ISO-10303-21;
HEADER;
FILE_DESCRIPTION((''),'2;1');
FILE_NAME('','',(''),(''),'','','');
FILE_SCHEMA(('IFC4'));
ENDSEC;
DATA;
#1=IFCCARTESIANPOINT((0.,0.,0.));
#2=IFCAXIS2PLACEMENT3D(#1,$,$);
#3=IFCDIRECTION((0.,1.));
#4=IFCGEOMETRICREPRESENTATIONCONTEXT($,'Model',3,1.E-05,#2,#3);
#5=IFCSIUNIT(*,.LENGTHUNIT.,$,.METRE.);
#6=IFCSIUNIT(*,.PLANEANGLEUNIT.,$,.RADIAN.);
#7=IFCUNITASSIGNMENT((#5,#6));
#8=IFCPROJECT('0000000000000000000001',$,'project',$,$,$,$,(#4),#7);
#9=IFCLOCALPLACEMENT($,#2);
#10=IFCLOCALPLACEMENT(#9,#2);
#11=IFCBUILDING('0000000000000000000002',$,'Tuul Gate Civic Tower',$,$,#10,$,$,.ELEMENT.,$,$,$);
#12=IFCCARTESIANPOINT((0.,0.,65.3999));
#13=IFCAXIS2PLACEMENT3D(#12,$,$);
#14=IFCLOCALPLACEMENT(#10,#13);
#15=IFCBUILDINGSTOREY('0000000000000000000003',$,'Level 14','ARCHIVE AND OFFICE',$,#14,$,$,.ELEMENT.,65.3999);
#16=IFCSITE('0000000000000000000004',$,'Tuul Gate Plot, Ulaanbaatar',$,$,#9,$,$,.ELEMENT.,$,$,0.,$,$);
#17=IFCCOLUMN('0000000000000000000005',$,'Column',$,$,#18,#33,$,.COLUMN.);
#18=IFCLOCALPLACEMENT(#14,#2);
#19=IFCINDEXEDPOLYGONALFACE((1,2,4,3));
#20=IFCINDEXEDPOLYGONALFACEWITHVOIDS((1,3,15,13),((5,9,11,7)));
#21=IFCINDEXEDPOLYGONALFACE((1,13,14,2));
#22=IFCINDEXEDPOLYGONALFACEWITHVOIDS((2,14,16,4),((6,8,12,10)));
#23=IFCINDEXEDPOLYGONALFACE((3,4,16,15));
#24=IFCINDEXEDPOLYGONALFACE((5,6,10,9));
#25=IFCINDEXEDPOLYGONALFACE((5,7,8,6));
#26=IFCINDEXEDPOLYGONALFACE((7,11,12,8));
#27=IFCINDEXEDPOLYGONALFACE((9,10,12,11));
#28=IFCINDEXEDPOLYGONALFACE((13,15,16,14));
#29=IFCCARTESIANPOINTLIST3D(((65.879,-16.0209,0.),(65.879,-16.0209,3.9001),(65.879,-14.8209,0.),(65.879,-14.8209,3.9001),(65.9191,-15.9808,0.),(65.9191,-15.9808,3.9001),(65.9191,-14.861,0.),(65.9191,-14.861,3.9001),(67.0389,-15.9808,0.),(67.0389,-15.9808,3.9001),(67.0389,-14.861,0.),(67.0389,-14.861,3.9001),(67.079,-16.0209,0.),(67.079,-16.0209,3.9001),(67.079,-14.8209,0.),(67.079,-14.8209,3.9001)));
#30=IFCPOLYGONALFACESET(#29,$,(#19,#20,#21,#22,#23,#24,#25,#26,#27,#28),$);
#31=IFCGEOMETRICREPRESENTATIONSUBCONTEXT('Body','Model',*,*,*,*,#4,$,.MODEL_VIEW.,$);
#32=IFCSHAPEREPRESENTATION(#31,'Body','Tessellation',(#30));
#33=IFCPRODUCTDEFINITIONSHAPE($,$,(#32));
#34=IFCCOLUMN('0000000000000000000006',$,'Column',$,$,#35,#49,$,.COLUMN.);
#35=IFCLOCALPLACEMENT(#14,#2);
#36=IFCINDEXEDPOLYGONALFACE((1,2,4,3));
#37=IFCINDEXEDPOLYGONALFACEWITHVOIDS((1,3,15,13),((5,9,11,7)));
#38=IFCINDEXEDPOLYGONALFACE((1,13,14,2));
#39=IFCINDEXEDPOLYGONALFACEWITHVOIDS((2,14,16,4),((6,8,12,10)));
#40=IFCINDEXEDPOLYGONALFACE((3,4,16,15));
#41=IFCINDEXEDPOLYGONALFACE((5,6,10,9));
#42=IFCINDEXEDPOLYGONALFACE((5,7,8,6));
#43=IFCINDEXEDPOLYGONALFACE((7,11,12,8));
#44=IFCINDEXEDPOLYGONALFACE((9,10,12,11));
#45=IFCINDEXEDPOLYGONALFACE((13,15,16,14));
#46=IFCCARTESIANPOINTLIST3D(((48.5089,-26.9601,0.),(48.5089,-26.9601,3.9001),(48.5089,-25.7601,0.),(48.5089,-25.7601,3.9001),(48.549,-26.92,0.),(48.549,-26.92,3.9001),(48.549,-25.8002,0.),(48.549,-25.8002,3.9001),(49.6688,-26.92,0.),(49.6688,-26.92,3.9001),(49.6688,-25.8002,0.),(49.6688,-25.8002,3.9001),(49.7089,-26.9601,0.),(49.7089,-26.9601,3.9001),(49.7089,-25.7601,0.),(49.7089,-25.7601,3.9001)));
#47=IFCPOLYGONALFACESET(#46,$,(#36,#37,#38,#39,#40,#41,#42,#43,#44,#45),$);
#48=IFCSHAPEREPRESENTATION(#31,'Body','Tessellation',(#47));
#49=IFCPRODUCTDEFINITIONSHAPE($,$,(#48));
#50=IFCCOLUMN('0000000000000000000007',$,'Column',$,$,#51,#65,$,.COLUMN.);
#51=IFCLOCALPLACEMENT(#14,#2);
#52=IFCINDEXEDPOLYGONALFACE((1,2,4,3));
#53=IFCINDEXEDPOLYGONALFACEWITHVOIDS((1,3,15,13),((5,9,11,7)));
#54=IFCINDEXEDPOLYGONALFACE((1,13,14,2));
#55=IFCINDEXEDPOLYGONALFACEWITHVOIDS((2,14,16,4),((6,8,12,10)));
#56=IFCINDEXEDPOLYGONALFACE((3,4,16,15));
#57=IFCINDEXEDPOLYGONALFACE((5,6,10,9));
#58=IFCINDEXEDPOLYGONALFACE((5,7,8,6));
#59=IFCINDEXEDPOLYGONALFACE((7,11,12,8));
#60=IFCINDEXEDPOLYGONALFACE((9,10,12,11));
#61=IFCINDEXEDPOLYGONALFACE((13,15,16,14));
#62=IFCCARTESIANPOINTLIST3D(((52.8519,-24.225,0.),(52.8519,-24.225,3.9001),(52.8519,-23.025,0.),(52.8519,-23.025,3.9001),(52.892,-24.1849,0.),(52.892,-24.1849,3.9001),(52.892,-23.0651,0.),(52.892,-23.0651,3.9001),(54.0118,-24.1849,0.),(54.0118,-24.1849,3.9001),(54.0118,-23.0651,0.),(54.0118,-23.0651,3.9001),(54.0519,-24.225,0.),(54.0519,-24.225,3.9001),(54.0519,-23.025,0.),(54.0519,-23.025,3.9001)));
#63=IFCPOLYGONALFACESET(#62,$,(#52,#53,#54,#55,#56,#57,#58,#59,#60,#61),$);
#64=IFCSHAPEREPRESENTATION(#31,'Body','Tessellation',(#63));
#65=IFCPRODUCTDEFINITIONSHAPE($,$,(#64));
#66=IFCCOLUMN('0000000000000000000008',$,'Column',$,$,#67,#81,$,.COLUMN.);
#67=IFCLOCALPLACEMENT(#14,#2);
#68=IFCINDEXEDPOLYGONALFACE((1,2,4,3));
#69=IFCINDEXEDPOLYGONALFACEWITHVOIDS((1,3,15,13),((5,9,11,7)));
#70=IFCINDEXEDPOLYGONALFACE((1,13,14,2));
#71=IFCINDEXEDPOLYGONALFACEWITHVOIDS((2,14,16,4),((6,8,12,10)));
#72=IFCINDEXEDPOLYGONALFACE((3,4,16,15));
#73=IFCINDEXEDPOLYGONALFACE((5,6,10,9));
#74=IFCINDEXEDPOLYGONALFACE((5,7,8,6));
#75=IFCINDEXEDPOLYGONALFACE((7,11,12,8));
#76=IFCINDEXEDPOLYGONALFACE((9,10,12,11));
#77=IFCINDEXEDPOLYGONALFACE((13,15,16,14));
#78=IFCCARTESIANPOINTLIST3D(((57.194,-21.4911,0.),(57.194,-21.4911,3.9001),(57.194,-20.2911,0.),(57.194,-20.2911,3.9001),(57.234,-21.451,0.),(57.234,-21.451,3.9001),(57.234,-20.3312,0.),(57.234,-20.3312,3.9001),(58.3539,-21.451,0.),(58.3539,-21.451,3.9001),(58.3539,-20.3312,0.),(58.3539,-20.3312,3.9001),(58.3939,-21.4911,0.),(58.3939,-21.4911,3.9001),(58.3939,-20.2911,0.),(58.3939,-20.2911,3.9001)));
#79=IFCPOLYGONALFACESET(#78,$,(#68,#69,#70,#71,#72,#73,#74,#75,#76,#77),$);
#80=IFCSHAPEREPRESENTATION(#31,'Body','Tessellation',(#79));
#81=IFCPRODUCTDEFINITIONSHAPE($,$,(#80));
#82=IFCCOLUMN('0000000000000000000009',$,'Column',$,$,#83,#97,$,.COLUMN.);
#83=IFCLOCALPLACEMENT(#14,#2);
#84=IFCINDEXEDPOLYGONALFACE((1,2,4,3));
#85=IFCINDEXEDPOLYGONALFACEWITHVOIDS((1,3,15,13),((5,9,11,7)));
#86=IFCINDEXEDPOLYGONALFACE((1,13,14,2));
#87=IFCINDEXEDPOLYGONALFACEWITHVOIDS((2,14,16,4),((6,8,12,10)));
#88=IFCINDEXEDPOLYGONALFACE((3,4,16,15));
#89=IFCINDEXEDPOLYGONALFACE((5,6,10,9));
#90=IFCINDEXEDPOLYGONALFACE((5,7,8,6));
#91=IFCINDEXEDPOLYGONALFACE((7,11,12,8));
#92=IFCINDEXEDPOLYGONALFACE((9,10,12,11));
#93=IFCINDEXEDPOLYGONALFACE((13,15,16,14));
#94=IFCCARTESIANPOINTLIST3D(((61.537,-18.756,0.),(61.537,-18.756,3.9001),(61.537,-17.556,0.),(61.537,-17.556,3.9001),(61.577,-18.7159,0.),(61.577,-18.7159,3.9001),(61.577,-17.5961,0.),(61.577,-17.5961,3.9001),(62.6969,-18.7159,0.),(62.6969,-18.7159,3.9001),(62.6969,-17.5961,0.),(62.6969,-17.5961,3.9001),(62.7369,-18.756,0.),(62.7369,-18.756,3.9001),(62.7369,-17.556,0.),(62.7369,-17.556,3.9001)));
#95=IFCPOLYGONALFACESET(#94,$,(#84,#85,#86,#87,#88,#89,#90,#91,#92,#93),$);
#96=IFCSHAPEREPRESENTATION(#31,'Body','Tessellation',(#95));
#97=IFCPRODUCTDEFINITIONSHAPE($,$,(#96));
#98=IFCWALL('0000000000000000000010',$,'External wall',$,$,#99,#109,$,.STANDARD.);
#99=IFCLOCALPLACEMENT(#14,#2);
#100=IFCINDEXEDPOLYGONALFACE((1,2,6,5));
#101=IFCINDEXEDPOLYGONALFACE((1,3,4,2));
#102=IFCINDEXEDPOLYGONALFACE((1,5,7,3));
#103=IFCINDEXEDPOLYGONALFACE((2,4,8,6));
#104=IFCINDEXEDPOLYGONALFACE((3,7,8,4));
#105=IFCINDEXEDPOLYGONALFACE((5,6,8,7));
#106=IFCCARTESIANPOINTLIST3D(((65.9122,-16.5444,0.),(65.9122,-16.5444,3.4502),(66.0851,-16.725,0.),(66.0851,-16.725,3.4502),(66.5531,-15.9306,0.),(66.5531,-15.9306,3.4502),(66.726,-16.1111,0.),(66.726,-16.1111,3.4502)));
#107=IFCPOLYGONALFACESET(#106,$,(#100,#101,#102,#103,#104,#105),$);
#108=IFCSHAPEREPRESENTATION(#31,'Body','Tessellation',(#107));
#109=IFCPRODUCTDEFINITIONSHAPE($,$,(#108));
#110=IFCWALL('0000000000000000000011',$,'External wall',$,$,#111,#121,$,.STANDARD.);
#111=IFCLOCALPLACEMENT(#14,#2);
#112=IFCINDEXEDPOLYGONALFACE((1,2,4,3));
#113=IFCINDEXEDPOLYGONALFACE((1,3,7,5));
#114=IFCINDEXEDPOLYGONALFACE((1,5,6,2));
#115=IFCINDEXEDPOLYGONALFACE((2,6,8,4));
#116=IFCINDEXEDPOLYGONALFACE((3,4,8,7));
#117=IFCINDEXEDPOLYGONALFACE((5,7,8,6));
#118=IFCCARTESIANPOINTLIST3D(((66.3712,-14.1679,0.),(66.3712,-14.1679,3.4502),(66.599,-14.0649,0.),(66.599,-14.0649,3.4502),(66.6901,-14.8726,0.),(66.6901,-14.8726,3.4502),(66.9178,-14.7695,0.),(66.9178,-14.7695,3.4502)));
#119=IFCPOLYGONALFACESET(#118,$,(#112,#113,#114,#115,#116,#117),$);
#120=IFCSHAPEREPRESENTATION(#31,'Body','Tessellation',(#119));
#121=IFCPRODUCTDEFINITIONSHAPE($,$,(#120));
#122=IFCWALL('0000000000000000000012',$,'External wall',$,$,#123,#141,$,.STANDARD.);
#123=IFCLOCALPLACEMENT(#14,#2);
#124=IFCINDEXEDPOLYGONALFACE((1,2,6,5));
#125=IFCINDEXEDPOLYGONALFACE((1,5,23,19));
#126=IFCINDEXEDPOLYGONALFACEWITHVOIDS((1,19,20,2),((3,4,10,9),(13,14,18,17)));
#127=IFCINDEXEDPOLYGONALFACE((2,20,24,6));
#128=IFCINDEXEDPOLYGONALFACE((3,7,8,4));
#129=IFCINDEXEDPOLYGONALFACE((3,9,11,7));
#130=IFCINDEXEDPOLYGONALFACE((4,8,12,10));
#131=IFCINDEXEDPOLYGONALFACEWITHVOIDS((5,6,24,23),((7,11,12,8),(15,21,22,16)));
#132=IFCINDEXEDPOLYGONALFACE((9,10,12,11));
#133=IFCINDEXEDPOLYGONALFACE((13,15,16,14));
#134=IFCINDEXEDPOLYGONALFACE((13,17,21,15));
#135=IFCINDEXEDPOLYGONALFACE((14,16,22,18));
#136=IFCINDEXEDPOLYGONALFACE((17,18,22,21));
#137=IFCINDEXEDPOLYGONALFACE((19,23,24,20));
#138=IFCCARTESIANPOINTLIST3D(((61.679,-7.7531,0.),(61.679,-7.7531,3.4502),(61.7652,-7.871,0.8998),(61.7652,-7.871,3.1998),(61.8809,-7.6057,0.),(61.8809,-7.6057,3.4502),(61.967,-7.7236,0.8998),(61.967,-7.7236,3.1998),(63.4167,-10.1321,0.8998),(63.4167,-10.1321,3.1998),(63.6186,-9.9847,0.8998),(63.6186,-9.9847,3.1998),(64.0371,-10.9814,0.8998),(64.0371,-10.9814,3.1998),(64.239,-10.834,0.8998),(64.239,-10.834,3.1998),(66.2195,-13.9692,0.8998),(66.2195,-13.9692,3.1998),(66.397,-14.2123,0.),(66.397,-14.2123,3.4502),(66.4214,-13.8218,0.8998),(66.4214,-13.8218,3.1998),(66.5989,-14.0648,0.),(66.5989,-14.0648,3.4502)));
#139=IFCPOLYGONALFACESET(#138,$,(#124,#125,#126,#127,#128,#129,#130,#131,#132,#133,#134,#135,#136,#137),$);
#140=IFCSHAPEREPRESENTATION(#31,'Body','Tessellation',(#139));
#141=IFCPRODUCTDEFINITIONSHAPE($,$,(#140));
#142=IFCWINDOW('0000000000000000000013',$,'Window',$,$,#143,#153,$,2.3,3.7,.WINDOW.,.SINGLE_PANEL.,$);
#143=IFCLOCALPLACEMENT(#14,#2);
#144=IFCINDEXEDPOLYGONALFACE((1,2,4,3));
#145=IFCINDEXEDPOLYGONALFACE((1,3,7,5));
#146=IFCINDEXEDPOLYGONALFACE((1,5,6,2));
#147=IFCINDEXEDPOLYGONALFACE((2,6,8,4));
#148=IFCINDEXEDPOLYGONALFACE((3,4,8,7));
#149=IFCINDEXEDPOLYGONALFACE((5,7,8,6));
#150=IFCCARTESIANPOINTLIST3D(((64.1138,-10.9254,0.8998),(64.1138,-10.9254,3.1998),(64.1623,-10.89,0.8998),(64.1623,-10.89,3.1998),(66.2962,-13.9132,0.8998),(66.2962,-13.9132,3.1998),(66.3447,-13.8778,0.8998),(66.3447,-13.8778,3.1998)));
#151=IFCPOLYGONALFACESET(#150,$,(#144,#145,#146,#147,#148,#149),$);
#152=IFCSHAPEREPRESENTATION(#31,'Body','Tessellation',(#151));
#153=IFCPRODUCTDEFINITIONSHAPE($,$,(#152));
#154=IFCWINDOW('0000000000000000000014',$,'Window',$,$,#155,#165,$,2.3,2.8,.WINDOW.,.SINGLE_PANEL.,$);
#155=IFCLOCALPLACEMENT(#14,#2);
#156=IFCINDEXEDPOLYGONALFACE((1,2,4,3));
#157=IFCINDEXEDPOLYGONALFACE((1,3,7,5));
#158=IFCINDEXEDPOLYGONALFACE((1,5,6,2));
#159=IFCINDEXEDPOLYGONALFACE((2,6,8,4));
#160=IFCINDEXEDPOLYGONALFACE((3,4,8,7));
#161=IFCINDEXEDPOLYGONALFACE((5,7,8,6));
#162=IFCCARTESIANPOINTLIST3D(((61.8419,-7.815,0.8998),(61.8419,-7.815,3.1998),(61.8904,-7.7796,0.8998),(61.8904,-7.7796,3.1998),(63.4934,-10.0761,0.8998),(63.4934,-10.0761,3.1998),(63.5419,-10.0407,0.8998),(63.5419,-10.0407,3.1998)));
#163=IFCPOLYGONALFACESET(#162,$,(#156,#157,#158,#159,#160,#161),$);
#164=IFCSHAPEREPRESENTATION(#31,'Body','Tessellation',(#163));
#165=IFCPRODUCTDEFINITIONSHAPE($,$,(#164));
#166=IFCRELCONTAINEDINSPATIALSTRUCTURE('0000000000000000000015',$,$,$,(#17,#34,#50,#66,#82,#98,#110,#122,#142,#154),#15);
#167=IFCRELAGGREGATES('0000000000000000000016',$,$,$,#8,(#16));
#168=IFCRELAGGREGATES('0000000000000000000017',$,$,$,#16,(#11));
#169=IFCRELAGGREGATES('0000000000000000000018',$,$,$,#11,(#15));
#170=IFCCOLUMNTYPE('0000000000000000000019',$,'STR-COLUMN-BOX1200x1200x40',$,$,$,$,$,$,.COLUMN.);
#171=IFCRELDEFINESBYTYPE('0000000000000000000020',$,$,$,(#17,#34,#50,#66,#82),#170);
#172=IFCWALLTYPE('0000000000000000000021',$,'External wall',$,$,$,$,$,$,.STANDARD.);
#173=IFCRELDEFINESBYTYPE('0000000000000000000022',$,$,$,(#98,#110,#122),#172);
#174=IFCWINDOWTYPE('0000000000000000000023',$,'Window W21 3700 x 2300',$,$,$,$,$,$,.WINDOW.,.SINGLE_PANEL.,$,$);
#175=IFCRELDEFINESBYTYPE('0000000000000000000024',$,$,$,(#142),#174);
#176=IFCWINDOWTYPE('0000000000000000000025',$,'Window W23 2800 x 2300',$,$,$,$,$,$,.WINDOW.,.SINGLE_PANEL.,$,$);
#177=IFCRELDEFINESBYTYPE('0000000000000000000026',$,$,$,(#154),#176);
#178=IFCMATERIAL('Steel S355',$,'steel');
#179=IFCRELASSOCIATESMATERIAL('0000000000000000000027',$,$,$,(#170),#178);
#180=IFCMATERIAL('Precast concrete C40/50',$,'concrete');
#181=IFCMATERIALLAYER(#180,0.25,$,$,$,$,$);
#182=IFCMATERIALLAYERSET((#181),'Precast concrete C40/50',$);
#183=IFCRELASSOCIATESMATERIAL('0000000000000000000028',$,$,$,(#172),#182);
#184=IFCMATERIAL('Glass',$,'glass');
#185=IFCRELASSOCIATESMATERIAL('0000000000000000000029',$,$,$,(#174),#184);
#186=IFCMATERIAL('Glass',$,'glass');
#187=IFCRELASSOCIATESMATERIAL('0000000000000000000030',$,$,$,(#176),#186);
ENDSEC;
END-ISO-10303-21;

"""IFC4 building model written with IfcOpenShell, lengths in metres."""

from ifc_helpers import new_model, si_unit, direction, frame, frame_2d, origin, origin_2d, place, context, subcontext, project, spatial, rectangle, hollow_rectangle, extrude, material, layer, layer_set, material_profile, profile_set, type_object, element, fill, save


model = new_model("IFC4")

# Units and contexts
model_context = context("Model", 3, precision=1e-05, world=origin(), true_north=direction((0.0, 1.0)))
body_context = subcontext(model_context, "Body", "Model", "MODEL_VIEW")
ifc_project = project(units=[si_unit("LENGTHUNIT", "METRE"), si_unit("PLANEANGLEUNIT", "RADIAN")], contexts=[model_context])

# Site, building, storey
site_placement = place(None, origin())
site = spatial("IfcSite", under=ifc_project, at=site_placement, Name="Tuul Gate Plot, Ulaanbaatar", CompositionType="ELEMENT", RefElevation=0.0)
building_placement = place(site_placement, origin())
building = spatial("IfcBuilding", under=site, at=building_placement, Name="Tuul Gate Civic Tower", CompositionType="ELEMENT")
storey_placement = place(building_placement, frame((0.0, 0.0, 65.3999)))
storey = spatial("IfcBuildingStorey", under=building, at=storey_placement, Name="Level 14", Description="ARCHIVE AND OFFICE", CompositionType="ELEMENT", Elevation=65.3999)

# Columns
ifc_material_1 = material(Name="Steel S355", Category="steel")
ifc_material_profile_1 = material_profile(ifc_material_1, hollow_rectangle(XDim=1.2, YDim=1.2, WallThickness=0.04, at=origin_2d()), Name="BOX1200x1200x40")
ifc_profile_set_1 = profile_set([ifc_material_profile_1], Name="Steel S355")
column_type = type_object("IfcColumnType", Name="STR-COLUMN-BOX1200x1200x40", PredefinedType="COLUMN", material=ifc_profile_set_1)
for number, where, z_axis, x_axis, name in (
    (1, (66.479, -15.4209, 0.0), (0.0, 0.0, 1.0), (1.0, 0.0, 0.0), "Column"),
    (2, (49.1089, -26.3601, 0.0), (0.0, 0.0, 1.0), (1.0, 0.0, 0.0), "Column"),
    (3, (53.4519, -23.625, 0.0), (0.0, 0.0, 1.0), (1.0, 0.0, 0.0), "Column"),
    (4, (57.7939, -20.8911, 0.0), (0.0, 0.0, 1.0), (1.0, 0.0, 0.0), "Column"),
    (5, (62.137, -18.156, 0.0), (0.0, 0.0, 1.0), (1.0, 0.0, 0.0), "Column"),
):
    element("IfcColumn", number, at=place(storey_placement, frame(where, z_axis=z_axis, x_axis=x_axis)), inside=storey, type_object=column_type, Name=name, PredefinedType="COLUMN", context=body_context, shape_type="SweptSolid", body=[
        extrude(hollow_rectangle(XDim=1.2, YDim=1.2, WallThickness=0.04, at=origin_2d()), origin(), (0.0, 0.0, 1.0), 3.9001),
    ])

# Walls
ifc_material_2 = material(Name="Precast concrete C40/50", Category="concrete")
ifc_layer = layer(ifc_material_2, 0.25)
ifc_layer_set = layer_set([ifc_layer], Name="Precast concrete C40/50")
wall_type = type_object("IfcWallType", Name="External wall", PredefinedType="STANDARD", material=ifc_layer_set)
wall_1_placement = place(storey_placement, frame((65.9985, -16.6348, 0.0), z_axis=(0.0, 0.0, 1.0), x_axis=(0.722212, 0.691672, 0.0)))
element("IfcWall", 6, at=wall_1_placement, inside=storey, type_object=wall_type, Name="External wall", PredefinedType="STANDARD", context=body_context, shape_type="SweptSolid", body=[
    extrude(rectangle(XDim=0.8875, YDim=0.25, at=frame_2d((0.4438, 0.0))), origin(), (0.0, 0.0, 1.0), 3.4502),
])
wall_2_placement = place(storey_placement, frame((66.804, -14.821, 0.0), z_axis=(0.0, 0.0, 1.0), x_axis=(-0.41228, 0.911057, 0.0)))
element("IfcWall", 7, at=wall_2_placement, inside=storey, type_object=wall_type, Name="External wall", PredefinedType="STANDARD", context=body_context, shape_type="SweptSolid", body=[
    extrude(rectangle(XDim=0.7734, YDim=0.25, at=frame_2d((0.3867, 0.0))), origin(), (0.0, 0.0, 1.0), 3.4502),
])

# Wall, openings, windows
wall_3_placement = place(storey_placement, frame((66.498, -14.1387, 0.0), z_axis=(0.0, 0.0, 1.0), x_axis=(-0.589838, 0.807521, 0.0)))
wall_3 = element("IfcWall", 8, at=wall_3_placement, inside=storey, type_object=wall_type, Name="External wall", PredefinedType="STANDARD", context=body_context, shape_type="SweptSolid", body=[
    extrude(rectangle(XDim=7.9988, YDim=0.25, at=frame_2d((3.9995, 0.0))), origin(), (0.0, 0.0, 1.0), 3.4502),
])
opening_1_placement = place(wall_3_placement, frame((0.301, 0.0, 0.8999)))
opening_1 = element("IfcOpeningElement", 9, at=opening_1_placement, cuts=wall_3, PredefinedType="OPENING", context=body_context, shape_type="SweptSolid", body=[
    extrude(rectangle(XDim=3.7, YDim=2.3, at=frame_2d((1.8501, 1.1499))), frame((0.0, 0.135, 0.0), z_axis=(0.0, -1.0, 0.0), x_axis=(1.0, 0.0, 0.0)), (0.0, 0.0, 1.0), 0.27),
])
opening_2_placement = place(wall_3_placement, frame((5.053, 0.0, 0.8999)))
opening_2 = element("IfcOpeningElement", 10, at=opening_2_placement, cuts=wall_3, PredefinedType="OPENING", context=body_context, shape_type="SweptSolid", body=[
    extrude(rectangle(XDim=2.8, YDim=2.3, at=frame_2d((1.3999, 1.1499))), frame((0.0, 0.135, 0.0), z_axis=(0.0, -1.0, 0.0), x_axis=(1.0, 0.0, 0.0)), (0.0, 0.0, 1.0), 0.27),
])
ifc_material_3 = material(Name="Glass", Category="glass")
window_type_1 = type_object("IfcWindowType", Name="Window W21 3700 x 2300", PartitioningType="SINGLE_PANEL", PredefinedType="WINDOW", material=ifc_material_3)
window_1_placement = place(opening_1_placement, origin())
window_1 = element("IfcWindow", 11, at=window_1_placement, inside=storey, type_object=window_type_1, Name="Window", OverallHeight=2.3, OverallWidth=3.7, PartitioningType="SINGLE_PANEL", PredefinedType="WINDOW", context=body_context, shape_type="SweptSolid", body=[
    extrude(rectangle(XDim=3.7, YDim=2.3, at=frame_2d((1.8501, 1.1499))), frame((0.0, 0.03, 0.0), z_axis=(0.0, -1.0, 0.0), x_axis=(1.0, 0.0, 0.0)), (0.0, 0.0, 1.0), 0.0601),
])
fill(opening_1, window_1)
ifc_material_4 = material(Name="Glass", Category="glass")
window_type_2 = type_object("IfcWindowType", Name="Window W23 2800 x 2300", PartitioningType="SINGLE_PANEL", PredefinedType="WINDOW", material=ifc_material_4)
window_2_placement = place(opening_2_placement, origin())
window_2 = element("IfcWindow", 12, at=window_2_placement, inside=storey, type_object=window_type_2, Name="Window", OverallHeight=2.3, OverallWidth=2.8, PartitioningType="SINGLE_PANEL", PredefinedType="WINDOW", context=body_context, shape_type="SweptSolid", body=[
    extrude(rectangle(XDim=2.8, YDim=2.3, at=frame_2d((1.3999, 1.1499))), frame((0.0, 0.03, 0.0), z_axis=(0.0, -1.0, 0.0), x_axis=(1.0, 0.0, 0.0)), (0.0, 0.0, 1.0), 0.0601),
])
fill(opening_2, window_2)

save(model, "model.ifc")
